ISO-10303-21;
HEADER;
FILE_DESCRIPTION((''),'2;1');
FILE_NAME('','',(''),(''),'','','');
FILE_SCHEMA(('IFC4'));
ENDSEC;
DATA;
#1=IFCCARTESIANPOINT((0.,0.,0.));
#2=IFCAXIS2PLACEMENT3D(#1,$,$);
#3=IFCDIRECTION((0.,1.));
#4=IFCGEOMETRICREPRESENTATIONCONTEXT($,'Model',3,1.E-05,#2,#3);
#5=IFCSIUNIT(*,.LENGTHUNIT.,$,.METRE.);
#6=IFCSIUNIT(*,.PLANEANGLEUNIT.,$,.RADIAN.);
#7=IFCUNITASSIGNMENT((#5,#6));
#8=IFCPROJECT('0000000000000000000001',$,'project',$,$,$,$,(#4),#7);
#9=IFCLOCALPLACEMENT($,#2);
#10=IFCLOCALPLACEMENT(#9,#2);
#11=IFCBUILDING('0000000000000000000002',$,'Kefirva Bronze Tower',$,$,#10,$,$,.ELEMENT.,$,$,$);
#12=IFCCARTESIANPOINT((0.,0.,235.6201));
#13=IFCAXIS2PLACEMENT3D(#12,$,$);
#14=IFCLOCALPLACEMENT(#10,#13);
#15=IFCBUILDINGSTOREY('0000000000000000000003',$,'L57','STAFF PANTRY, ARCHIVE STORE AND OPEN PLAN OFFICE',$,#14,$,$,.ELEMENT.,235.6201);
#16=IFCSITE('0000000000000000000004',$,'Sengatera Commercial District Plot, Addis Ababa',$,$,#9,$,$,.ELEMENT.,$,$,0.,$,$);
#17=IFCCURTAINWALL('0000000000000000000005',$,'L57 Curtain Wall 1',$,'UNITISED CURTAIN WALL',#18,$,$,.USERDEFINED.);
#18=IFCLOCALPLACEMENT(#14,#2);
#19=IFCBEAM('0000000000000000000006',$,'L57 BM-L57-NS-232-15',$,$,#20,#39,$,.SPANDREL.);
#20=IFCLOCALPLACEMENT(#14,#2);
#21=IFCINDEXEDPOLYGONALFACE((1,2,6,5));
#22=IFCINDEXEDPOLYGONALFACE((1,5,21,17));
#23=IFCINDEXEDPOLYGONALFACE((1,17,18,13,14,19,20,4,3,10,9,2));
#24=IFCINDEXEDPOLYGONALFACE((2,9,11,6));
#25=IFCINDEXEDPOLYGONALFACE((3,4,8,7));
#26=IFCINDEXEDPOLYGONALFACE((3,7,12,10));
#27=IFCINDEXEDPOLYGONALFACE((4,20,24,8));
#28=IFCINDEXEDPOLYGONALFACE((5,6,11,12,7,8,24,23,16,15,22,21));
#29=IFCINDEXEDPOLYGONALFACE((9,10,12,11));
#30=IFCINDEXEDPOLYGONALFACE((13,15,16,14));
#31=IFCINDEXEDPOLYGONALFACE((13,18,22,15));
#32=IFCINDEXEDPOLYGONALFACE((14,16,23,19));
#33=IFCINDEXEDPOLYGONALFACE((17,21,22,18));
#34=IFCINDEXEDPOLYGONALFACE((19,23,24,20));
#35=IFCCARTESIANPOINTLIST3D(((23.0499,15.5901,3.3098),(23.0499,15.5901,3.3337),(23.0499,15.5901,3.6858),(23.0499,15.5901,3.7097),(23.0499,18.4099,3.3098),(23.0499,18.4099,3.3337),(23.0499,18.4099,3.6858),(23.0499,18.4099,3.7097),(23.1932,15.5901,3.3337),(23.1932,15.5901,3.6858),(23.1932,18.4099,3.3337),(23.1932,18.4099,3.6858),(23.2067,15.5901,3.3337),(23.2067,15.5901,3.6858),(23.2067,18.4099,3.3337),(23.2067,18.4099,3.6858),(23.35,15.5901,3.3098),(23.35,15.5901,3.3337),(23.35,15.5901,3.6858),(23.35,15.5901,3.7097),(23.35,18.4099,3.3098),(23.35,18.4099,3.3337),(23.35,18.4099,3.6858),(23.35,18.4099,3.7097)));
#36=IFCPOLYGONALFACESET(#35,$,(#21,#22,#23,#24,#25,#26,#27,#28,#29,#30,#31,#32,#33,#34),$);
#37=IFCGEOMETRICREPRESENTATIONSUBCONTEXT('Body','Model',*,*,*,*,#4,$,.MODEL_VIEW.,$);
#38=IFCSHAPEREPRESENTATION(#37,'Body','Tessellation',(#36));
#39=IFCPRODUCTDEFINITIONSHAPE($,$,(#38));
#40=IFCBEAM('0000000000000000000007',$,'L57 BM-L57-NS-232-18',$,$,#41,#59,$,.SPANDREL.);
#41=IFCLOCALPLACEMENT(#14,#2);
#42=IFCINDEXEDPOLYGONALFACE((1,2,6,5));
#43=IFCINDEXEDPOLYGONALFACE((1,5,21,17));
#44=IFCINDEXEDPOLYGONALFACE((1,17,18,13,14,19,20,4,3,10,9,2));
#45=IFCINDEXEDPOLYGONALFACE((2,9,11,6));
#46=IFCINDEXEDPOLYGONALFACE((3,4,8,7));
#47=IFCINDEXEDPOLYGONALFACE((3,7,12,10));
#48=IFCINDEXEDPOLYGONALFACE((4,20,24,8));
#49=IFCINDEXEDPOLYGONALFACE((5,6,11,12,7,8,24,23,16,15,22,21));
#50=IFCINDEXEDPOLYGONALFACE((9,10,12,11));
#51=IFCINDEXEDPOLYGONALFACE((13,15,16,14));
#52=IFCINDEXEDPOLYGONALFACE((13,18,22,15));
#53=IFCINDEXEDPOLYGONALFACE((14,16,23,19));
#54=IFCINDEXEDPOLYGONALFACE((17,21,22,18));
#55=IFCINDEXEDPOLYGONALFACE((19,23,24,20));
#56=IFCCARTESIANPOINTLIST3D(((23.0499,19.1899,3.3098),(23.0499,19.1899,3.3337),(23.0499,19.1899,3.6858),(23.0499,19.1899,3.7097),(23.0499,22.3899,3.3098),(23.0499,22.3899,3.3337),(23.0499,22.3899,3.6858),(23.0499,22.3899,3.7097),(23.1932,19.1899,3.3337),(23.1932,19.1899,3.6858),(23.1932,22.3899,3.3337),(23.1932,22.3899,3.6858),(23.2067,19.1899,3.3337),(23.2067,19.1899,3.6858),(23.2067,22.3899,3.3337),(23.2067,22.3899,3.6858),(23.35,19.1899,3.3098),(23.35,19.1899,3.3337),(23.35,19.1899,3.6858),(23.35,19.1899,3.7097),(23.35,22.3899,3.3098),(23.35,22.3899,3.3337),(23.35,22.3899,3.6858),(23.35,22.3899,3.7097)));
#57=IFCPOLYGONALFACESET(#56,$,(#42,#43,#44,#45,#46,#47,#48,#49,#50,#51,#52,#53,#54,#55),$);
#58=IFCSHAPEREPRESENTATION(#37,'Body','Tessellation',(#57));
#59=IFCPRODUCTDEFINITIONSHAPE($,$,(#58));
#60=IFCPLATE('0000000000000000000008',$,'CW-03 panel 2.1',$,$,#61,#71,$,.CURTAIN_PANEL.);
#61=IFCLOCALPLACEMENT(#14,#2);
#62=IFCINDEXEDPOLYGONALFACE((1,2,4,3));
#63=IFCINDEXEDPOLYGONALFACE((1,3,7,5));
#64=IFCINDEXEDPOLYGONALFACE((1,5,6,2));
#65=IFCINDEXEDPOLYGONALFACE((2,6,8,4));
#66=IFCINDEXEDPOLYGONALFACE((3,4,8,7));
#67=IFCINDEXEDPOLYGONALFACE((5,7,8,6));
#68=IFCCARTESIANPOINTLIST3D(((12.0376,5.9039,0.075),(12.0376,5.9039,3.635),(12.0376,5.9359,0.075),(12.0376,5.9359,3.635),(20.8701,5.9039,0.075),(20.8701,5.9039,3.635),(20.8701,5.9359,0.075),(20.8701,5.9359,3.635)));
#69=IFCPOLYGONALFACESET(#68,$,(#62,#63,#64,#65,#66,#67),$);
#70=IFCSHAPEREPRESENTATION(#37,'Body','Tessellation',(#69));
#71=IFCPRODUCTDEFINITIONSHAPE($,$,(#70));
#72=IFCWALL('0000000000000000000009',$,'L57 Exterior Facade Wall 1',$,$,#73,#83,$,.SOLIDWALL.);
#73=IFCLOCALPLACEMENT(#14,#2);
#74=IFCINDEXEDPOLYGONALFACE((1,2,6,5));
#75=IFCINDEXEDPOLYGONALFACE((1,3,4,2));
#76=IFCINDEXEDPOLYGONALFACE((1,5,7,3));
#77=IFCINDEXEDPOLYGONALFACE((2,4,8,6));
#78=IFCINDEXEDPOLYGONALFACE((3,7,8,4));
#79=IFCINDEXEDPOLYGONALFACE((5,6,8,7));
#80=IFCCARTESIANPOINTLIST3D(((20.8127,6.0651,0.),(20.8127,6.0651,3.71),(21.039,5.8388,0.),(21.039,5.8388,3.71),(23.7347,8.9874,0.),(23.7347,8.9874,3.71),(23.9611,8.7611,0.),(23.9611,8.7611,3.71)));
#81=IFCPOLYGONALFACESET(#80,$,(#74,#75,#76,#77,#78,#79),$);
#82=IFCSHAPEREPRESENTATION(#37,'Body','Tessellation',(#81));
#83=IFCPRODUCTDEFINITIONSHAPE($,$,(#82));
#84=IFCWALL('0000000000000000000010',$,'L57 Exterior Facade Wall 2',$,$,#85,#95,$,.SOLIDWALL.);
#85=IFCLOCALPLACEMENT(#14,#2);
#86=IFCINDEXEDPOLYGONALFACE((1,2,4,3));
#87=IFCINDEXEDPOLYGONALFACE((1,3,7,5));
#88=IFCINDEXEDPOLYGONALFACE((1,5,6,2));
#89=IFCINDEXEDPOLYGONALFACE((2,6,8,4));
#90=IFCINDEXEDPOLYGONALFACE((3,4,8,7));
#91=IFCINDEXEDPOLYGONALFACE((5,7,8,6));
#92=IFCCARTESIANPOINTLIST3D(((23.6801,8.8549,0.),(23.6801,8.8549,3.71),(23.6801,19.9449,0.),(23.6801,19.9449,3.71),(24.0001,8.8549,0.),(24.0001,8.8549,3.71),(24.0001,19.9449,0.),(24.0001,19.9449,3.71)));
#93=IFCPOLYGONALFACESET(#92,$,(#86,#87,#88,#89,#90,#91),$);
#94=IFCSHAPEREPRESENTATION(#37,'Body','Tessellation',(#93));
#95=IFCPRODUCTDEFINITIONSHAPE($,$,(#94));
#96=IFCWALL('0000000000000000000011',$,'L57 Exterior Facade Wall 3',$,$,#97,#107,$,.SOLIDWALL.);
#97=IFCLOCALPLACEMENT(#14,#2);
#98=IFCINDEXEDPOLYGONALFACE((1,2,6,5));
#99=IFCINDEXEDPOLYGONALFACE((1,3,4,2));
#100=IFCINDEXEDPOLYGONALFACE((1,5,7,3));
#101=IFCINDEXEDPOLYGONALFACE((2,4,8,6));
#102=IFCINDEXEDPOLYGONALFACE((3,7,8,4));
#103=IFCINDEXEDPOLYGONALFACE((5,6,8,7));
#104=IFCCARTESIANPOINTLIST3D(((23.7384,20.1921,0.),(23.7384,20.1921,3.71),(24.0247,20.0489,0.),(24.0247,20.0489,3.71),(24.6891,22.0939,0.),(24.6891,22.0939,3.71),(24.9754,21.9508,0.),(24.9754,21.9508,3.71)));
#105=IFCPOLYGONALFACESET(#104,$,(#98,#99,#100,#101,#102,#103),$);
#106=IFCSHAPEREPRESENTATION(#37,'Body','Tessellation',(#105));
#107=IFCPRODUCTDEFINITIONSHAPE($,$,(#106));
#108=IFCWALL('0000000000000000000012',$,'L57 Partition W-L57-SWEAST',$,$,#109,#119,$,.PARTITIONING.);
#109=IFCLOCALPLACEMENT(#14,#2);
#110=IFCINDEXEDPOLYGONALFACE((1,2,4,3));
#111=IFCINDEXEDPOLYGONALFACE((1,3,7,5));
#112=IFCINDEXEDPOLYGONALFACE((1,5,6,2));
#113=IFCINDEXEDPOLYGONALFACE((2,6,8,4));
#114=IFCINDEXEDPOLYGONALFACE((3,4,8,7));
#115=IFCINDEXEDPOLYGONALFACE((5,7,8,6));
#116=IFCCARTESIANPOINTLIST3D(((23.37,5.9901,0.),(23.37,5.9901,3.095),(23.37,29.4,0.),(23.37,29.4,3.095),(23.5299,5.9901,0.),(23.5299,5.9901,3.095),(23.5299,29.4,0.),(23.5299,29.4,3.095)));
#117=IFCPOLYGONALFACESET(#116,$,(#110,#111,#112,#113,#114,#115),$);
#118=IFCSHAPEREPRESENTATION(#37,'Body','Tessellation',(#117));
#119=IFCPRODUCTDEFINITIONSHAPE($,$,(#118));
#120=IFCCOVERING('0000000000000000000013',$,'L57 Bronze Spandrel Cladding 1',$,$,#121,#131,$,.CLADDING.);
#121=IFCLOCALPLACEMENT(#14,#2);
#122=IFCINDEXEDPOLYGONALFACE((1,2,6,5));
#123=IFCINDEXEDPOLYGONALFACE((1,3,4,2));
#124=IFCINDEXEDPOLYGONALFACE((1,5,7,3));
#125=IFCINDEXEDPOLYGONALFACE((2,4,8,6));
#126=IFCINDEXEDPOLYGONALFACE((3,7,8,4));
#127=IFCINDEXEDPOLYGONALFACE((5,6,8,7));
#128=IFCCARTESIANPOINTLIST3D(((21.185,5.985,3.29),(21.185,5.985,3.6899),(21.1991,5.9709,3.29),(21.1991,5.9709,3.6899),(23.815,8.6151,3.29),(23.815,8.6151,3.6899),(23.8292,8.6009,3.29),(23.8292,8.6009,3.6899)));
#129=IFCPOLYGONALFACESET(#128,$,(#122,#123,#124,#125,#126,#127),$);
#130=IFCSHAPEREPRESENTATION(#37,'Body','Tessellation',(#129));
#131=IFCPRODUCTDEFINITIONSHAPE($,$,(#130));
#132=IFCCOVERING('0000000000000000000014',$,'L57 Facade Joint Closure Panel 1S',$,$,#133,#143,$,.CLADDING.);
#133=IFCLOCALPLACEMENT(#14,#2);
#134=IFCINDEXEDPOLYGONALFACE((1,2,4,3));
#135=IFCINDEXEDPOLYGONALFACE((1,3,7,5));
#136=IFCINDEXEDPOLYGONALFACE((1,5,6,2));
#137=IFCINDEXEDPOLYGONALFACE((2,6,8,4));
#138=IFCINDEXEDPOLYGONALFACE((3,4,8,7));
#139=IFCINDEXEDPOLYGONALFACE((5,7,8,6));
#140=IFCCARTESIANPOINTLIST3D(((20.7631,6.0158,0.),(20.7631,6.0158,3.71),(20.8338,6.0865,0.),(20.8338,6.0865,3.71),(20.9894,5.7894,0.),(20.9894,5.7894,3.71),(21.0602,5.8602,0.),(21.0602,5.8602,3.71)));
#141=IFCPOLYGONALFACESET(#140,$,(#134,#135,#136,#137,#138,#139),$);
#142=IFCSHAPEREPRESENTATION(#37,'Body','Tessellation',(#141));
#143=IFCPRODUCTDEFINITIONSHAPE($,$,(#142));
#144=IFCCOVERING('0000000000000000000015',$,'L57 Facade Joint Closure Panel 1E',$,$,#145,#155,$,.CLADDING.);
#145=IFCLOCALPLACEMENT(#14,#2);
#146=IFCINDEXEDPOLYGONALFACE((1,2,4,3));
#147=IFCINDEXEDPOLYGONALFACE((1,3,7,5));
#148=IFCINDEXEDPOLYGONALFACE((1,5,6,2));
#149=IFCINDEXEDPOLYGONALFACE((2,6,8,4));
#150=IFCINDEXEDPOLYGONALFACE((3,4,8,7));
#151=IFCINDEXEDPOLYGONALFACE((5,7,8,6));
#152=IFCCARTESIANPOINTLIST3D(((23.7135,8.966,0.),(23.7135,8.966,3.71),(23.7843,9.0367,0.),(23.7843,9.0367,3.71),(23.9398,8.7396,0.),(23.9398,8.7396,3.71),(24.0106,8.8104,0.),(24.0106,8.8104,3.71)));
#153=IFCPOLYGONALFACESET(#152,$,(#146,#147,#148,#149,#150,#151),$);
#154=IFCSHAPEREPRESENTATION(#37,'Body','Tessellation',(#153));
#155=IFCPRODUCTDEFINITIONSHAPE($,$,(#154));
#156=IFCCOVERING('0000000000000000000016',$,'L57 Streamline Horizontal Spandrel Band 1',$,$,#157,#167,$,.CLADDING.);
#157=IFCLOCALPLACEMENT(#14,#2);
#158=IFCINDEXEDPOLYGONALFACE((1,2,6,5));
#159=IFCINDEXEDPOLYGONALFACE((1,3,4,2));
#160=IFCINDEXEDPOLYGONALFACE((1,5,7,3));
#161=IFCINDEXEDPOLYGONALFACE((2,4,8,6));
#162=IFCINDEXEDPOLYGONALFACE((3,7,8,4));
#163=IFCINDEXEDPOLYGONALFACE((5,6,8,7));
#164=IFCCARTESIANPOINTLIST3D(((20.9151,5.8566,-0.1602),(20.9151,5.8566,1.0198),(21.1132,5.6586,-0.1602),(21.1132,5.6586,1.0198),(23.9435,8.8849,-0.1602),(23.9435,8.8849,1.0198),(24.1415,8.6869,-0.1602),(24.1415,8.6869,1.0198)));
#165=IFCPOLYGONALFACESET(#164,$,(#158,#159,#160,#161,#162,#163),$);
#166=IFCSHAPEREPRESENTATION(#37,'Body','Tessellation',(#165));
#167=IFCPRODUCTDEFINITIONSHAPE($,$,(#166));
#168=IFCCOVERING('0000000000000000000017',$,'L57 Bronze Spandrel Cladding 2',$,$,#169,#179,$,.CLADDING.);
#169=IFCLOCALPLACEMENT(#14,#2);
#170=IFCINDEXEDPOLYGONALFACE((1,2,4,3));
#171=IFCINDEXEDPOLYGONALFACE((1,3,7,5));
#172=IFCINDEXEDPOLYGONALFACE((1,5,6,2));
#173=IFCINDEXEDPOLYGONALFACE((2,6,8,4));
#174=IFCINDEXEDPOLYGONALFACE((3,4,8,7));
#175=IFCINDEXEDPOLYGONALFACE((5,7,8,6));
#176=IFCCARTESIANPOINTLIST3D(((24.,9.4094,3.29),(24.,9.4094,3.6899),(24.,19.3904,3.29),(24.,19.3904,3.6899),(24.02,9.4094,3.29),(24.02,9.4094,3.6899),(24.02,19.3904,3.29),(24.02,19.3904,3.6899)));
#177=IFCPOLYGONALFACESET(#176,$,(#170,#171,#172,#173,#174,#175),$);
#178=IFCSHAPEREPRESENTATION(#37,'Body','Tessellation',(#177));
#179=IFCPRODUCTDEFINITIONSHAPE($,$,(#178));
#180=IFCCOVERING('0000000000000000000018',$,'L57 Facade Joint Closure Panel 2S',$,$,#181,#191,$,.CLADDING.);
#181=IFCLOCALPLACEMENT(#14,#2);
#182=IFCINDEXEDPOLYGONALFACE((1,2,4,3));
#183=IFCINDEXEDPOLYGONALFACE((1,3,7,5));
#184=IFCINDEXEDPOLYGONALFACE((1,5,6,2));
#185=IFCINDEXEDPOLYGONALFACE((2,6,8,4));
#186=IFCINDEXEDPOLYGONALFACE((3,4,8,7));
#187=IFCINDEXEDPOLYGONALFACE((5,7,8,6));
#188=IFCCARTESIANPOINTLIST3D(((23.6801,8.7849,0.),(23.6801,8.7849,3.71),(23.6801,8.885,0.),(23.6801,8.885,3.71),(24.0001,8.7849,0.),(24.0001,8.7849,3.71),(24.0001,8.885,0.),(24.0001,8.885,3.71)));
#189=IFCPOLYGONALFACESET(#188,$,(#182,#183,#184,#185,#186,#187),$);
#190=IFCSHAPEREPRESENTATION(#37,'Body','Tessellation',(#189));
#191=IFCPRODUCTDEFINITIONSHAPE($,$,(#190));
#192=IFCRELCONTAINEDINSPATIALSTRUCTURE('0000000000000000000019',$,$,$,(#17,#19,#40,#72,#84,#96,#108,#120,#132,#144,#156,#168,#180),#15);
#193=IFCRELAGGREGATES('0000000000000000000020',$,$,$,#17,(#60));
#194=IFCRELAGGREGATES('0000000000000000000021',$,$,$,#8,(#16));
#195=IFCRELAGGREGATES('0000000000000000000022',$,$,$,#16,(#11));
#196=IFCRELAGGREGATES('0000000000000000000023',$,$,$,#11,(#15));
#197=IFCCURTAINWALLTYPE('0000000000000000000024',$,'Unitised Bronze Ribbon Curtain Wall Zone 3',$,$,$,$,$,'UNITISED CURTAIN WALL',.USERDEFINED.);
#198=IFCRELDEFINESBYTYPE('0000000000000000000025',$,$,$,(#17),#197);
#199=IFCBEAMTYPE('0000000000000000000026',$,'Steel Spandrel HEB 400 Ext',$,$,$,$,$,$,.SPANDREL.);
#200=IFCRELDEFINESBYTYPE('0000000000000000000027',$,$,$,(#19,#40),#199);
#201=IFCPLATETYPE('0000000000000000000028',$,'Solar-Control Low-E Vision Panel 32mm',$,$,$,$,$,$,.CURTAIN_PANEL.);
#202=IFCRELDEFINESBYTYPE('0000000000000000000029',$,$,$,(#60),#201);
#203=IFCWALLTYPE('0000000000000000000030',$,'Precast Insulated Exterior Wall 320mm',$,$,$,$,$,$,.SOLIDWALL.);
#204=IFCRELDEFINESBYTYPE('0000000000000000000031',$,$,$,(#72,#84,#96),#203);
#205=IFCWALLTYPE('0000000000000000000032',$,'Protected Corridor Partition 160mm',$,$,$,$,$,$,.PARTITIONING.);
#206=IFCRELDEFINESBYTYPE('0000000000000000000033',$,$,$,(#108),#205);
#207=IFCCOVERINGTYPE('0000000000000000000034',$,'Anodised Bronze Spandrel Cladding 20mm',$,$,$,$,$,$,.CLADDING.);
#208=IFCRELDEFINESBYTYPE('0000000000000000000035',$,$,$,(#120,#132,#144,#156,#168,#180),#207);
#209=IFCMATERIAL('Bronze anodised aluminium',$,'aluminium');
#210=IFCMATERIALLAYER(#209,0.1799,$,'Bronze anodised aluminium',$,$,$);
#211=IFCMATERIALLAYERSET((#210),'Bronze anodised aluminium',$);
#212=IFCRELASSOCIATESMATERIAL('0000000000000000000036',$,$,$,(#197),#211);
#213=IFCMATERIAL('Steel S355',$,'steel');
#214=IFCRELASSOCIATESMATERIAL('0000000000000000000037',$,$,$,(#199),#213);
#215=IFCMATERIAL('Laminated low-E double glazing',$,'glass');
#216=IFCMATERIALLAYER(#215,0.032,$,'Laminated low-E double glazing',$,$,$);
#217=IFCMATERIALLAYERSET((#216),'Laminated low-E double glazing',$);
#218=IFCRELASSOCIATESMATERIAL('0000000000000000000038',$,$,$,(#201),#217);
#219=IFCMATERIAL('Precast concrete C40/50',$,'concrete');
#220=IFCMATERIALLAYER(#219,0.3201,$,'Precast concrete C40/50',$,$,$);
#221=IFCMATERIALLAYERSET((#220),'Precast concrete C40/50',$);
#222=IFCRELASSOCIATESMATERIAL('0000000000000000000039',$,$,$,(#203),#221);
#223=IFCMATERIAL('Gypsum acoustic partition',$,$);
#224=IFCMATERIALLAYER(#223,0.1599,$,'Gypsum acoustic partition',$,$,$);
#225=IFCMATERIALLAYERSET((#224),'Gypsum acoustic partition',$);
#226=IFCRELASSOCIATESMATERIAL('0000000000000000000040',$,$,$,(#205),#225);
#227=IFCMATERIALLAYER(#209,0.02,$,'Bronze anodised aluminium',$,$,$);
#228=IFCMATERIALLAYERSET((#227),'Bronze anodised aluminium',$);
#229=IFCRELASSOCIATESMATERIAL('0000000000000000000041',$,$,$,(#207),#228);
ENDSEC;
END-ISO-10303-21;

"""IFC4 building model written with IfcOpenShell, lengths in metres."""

from ifc_helpers import new_model, si_unit, direction, frame, frame_2d, origin, origin_2d, place, context, subcontext, project, spatial, rectangle, i_section, extrude, material, layer, layer_set, material_profile, profile_set, type_object, element, aggregate, save


model = new_model("IFC4")

# Units and contexts
model_context = context("Model", 3, precision=1e-05, world=origin(), true_north=direction((0.0, 1.0)))
body_context = subcontext(model_context, "Body", "Model", "MODEL_VIEW")
ifc_project = project(units=[si_unit("LENGTHUNIT", "METRE"), si_unit("PLANEANGLEUNIT", "RADIAN")], contexts=[model_context])

# Site, building, storey
site_placement = place(None, origin())
site = spatial("IfcSite", under=ifc_project, at=site_placement, Name="Sengatera Commercial District Plot, Addis Ababa", CompositionType="ELEMENT", RefElevation=0.0)
building_placement = place(site_placement, origin())
building = spatial("IfcBuilding", under=site, at=building_placement, Name="Kefirva Bronze Tower", CompositionType="ELEMENT")
storey_placement = place(building_placement, frame((0.0, 0.0, 235.6201)))
storey = spatial("IfcBuildingStorey", under=building, at=storey_placement, Name="L57", Description="STAFF PANTRY, ARCHIVE STORE AND OPEN PLAN OFFICE", CompositionType="ELEMENT", Elevation=235.6201)

# Curtain wall
ifc_material_1 = material(Name="Bronze anodised aluminium", Category="aluminium")
ifc_layer_1 = layer(ifc_material_1, 0.1799, Name="Bronze anodised aluminium")
ifc_layer_set_1 = layer_set([ifc_layer_1], Name="Bronze anodised aluminium")
curtain_wall_type = type_object("IfcCurtainWallType", Name="Unitised Bronze Ribbon Curtain Wall Zone 3", ElementType="UNITISED CURTAIN WALL", PredefinedType="USERDEFINED", material=ifc_layer_set_1)
curtain_wall_placement = place(storey_placement, origin())
curtain_wall = element("IfcCurtainWall", 1, at=curtain_wall_placement, inside=storey, type_object=curtain_wall_type, Name="L57 Curtain Wall 1", ObjectType="UNITISED CURTAIN WALL", PredefinedType="USERDEFINED")

# Beams
ifc_material_2 = material(Name="Steel S355", Category="steel")
ifc_material_profile_1 = material_profile(ifc_material_2, i_section(OverallWidth=0.3, OverallDepth=0.3999, WebThickness=0.0134, FlangeThickness=0.0239, at=origin_2d()), Name="HEB 400")
ifc_profile_set_1 = profile_set([ifc_material_profile_1], Name="Steel S355")
beam_type_1 = type_object("IfcBeamType", Name="Steel Spandrel HEB 400 Ext", PredefinedType="SPANDREL", material=ifc_profile_set_1)
beam_1_placement = place(storey_placement, frame((23.2, 15.5901, 3.5098), z_axis=(0.0, 1.0, 0.0), x_axis=(-1.0, 0.0, 0.0)))
element("IfcBeam", 2, at=beam_1_placement, inside=storey, type_object=beam_type_1, Name="L57 BM-L57-NS-232-15", PredefinedType="SPANDREL", context=body_context, shape_type="SweptSolid", body=[
    extrude(i_section(OverallWidth=0.3, OverallDepth=0.3999, WebThickness=0.0134, FlangeThickness=0.0239, at=origin_2d()), origin(), (0.0, 0.0, 1.0), 2.8198),
])
beam_2_placement = place(storey_placement, frame((23.2, 19.1899, 3.5098), z_axis=(0.0, 1.0, 0.0), x_axis=(-1.0, 0.0, 0.0)))
element("IfcBeam", 3, at=beam_2_placement, inside=storey, type_object=beam_type_1, Name="L57 BM-L57-NS-232-18", PredefinedType="SPANDREL", context=body_context, shape_type="SweptSolid", body=[
    extrude(i_section(OverallWidth=0.3, OverallDepth=0.3999, WebThickness=0.0134, FlangeThickness=0.0239, at=origin_2d()), origin(), (0.0, 0.0, 1.0), 3.2),
])

# Plate
ifc_material_3 = material(Name="Laminated low-E double glazing", Category="glass")
ifc_layer_2 = layer(ifc_material_3, 0.032, Name="Laminated low-E double glazing")
ifc_layer_set_2 = layer_set([ifc_layer_2], Name="Laminated low-E double glazing")
plate_type = type_object("IfcPlateType", Name="Solar-Control Low-E Vision Panel 32mm", PredefinedType="CURTAIN_PANEL", material=ifc_layer_set_2)
plate_placement = place(storey_placement, frame((16.4539, 5.9199, 0.075), z_axis=(0.0, 0.0, 1.0), x_axis=(1.0, 0.0, 0.0)))
plate = element("IfcPlate", 4, at=plate_placement, type_object=plate_type, Name="CW-03 panel 2.1", PredefinedType="CURTAIN_PANEL", context=body_context, shape_type="SweptSolid", body=[
    extrude(rectangle(XDim=8.8325, YDim=0.032, at=origin_2d()), origin(), (0.0, 0.0, 1.0), 3.5601),
])
aggregate(curtain_wall, [plate])

# Walls
ifc_material_4 = material(Name="Precast concrete C40/50", Category="concrete")
ifc_layer_3 = layer(ifc_material_4, 0.3201, Name="Precast concrete C40/50")
ifc_layer_set_3 = layer_set([ifc_layer_3], Name="Precast concrete C40/50")
wall_type_1 = type_object("IfcWallType", Name="Precast Insulated Exterior Wall 320mm", PredefinedType="SOLIDWALL", material=ifc_layer_set_3)
wall_1_placement = place(storey_placement, frame((20.9258, 5.9519, 0.0), z_axis=(0.0, 0.0, 1.0), x_axis=(0.707077, 0.707136, 0.0)))
element("IfcWall", 5, at=wall_1_placement, inside=storey, type_object=wall_type_1, Name="L57 Exterior Facade Wall 1", PredefinedType="SOLIDWALL", context=body_context, shape_type="SweptSolid", body=[
    extrude(rectangle(XDim=4.1326, YDim=0.3201, at=frame_2d((2.0664, 0.0))), origin(), (0.0, 0.0, 1.0), 3.71),
])
wall_2_placement = place(storey_placement, frame((23.8401, 8.855, 0.0), z_axis=(0.0, 0.0, 1.0), x_axis=(0.0, 1.0, 0.0)))
element("IfcWall", 6, at=wall_2_placement, inside=storey, type_object=wall_type_1, Name="L57 Exterior Facade Wall 2", PredefinedType="SOLIDWALL", context=body_context, shape_type="SweptSolid", body=[
    extrude(rectangle(XDim=11.0901, YDim=0.3201, at=frame_2d((5.5449, 0.0))), origin(), (0.0, 0.0, 1.0), 3.71),
])
wall_3_placement = place(storey_placement, frame((23.8816, 20.1206, 0.0), z_axis=(0.0, 0.0, 1.0), x_axis=(0.447122, 0.894473, 0.0)))
element("IfcWall", 7, at=wall_3_placement, inside=storey, type_object=wall_type_1, Name="L57 Exterior Facade Wall 3", PredefinedType="SOLIDWALL", context=body_context, shape_type="SweptSolid", body=[
    extrude(rectangle(XDim=2.1262, YDim=0.3201, at=frame_2d((1.063, 0.0))), origin(), (0.0, 0.0, 1.0), 3.71),
])
ifc_material_5 = material(Name="Gypsum acoustic partition")
ifc_layer_4 = layer(ifc_material_5, 0.1599, Name="Gypsum acoustic partition")
ifc_layer_set_4 = layer_set([ifc_layer_4], Name="Gypsum acoustic partition")
wall_type_2 = type_object("IfcWallType", Name="Protected Corridor Partition 160mm", PredefinedType="PARTITIONING", material=ifc_layer_set_4)
wall_4_placement = place(storey_placement, frame((23.45, 5.99, 0.0), z_axis=(0.0, 0.0, 1.0), x_axis=(0.0, 1.0, 0.0)))
element("IfcWall", 8, at=wall_4_placement, inside=storey, type_object=wall_type_2, Name="L57 Partition W-L57-SWEAST", PredefinedType="PARTITIONING", context=body_context, shape_type="SweptSolid", body=[
    extrude(rectangle(XDim=23.4099, YDim=0.1599, at=frame_2d((11.7051, 0.0))), origin(), (0.0, 0.0, 1.0), 3.095),
])

# Coverings
ifc_layer_5 = layer(ifc_material_1, 0.02, Name="Bronze anodised aluminium")
ifc_layer_set_5 = layer_set([ifc_layer_5], Name="Bronze anodised aluminium")
covering_type_1 = type_object("IfcCoveringType", Name="Anodised Bronze Spandrel Cladding 20mm", PredefinedType="CLADDING", material=ifc_layer_set_5)
covering_1_placement = place(storey_placement, frame((22.5071, 7.293, 3.29), z_axis=(0.0, 0.0, 1.0), x_axis=(0.707107, 0.707107, 0.0)))
element("IfcCovering", 9, at=covering_1_placement, inside=storey, type_object=covering_type_1, Name="L57 Bronze Spandrel Cladding 1", PredefinedType="CLADDING", context=body_context, shape_type="SweptSolid", body=[
    extrude(rectangle(XDim=3.7195, YDim=0.02, at=origin_2d()), origin(), (0.0, 0.0, 1.0), 0.3999),
])
for number, where, z_axis, x_axis, name in (
    (10, (20.9116, 5.938, 0.0), (0.0, 0.0, 1.0), (0.707107, 0.707107, 0.0), "L57 Facade Joint Closure Panel 1S"),
    (11, (23.8621, 8.8882, 0.0), (0.0, 0.0, 1.0), (0.707107, 0.707107, 0.0), "L57 Facade Joint Closure Panel 1E"),
):
    element("IfcCovering", number, at=place(storey_placement, frame(where, z_axis=z_axis, x_axis=x_axis)), inside=storey, type_object=covering_type_1, Name=name, PredefinedType="CLADDING", context=body_context, shape_type="SweptSolid", body=[
        extrude(rectangle(XDim=0.1001, YDim=0.3201, at=origin_2d()), origin(), (0.0, 0.0, 1.0), 3.71),
    ])
covering_2_placement = place(storey_placement, frame((22.5283, 7.2717, -0.1602), z_axis=(0.0, 0.0, 1.0), x_axis=(0.707107, 0.707107, 0.0)))
element("IfcCovering", 12, at=covering_2_placement, inside=storey, type_object=covering_type_1, Name="L57 Streamline Horizontal Spandrel Band 1", PredefinedType="CLADDING", context=body_context, shape_type="SweptSolid", body=[
    extrude(rectangle(XDim=4.2827, YDim=0.28, at=origin_2d()), origin(), (0.0, 0.0, 1.0), 1.1799),
])
covering_3_placement = place(storey_placement, frame((24.01, 14.3999, 3.29), z_axis=(0.0, 0.0, 1.0), x_axis=(0.0, 1.0, 0.0)))
element("IfcCovering", 13, at=covering_3_placement, inside=storey, type_object=covering_type_1, Name="L57 Bronze Spandrel Cladding 2", PredefinedType="CLADDING", context=body_context, shape_type="SweptSolid", body=[
    extrude(rectangle(XDim=9.981, YDim=0.02, at=origin_2d()), origin(), (0.0, 0.0, 1.0), 0.3999),
])
for number, where, z_axis, x_axis, name in (
    (14, (23.8401, 8.835, 0.0), (0.0, 0.0, 1.0), (0.0, 1.0, 0.0), "L57 Facade Joint Closure Panel 2S"),
):
    element("IfcCovering", number, at=place(storey_placement, frame(where, z_axis=z_axis, x_axis=x_axis)), inside=storey, type_object=covering_type_1, Name=name, PredefinedType="CLADDING", context=body_context, shape_type="SweptSolid", body=[
        extrude(rectangle(XDim=0.1001, YDim=0.3201, at=origin_2d()), origin(), (0.0, 0.0, 1.0), 3.71),
    ])

save(model, "model.ifc")
